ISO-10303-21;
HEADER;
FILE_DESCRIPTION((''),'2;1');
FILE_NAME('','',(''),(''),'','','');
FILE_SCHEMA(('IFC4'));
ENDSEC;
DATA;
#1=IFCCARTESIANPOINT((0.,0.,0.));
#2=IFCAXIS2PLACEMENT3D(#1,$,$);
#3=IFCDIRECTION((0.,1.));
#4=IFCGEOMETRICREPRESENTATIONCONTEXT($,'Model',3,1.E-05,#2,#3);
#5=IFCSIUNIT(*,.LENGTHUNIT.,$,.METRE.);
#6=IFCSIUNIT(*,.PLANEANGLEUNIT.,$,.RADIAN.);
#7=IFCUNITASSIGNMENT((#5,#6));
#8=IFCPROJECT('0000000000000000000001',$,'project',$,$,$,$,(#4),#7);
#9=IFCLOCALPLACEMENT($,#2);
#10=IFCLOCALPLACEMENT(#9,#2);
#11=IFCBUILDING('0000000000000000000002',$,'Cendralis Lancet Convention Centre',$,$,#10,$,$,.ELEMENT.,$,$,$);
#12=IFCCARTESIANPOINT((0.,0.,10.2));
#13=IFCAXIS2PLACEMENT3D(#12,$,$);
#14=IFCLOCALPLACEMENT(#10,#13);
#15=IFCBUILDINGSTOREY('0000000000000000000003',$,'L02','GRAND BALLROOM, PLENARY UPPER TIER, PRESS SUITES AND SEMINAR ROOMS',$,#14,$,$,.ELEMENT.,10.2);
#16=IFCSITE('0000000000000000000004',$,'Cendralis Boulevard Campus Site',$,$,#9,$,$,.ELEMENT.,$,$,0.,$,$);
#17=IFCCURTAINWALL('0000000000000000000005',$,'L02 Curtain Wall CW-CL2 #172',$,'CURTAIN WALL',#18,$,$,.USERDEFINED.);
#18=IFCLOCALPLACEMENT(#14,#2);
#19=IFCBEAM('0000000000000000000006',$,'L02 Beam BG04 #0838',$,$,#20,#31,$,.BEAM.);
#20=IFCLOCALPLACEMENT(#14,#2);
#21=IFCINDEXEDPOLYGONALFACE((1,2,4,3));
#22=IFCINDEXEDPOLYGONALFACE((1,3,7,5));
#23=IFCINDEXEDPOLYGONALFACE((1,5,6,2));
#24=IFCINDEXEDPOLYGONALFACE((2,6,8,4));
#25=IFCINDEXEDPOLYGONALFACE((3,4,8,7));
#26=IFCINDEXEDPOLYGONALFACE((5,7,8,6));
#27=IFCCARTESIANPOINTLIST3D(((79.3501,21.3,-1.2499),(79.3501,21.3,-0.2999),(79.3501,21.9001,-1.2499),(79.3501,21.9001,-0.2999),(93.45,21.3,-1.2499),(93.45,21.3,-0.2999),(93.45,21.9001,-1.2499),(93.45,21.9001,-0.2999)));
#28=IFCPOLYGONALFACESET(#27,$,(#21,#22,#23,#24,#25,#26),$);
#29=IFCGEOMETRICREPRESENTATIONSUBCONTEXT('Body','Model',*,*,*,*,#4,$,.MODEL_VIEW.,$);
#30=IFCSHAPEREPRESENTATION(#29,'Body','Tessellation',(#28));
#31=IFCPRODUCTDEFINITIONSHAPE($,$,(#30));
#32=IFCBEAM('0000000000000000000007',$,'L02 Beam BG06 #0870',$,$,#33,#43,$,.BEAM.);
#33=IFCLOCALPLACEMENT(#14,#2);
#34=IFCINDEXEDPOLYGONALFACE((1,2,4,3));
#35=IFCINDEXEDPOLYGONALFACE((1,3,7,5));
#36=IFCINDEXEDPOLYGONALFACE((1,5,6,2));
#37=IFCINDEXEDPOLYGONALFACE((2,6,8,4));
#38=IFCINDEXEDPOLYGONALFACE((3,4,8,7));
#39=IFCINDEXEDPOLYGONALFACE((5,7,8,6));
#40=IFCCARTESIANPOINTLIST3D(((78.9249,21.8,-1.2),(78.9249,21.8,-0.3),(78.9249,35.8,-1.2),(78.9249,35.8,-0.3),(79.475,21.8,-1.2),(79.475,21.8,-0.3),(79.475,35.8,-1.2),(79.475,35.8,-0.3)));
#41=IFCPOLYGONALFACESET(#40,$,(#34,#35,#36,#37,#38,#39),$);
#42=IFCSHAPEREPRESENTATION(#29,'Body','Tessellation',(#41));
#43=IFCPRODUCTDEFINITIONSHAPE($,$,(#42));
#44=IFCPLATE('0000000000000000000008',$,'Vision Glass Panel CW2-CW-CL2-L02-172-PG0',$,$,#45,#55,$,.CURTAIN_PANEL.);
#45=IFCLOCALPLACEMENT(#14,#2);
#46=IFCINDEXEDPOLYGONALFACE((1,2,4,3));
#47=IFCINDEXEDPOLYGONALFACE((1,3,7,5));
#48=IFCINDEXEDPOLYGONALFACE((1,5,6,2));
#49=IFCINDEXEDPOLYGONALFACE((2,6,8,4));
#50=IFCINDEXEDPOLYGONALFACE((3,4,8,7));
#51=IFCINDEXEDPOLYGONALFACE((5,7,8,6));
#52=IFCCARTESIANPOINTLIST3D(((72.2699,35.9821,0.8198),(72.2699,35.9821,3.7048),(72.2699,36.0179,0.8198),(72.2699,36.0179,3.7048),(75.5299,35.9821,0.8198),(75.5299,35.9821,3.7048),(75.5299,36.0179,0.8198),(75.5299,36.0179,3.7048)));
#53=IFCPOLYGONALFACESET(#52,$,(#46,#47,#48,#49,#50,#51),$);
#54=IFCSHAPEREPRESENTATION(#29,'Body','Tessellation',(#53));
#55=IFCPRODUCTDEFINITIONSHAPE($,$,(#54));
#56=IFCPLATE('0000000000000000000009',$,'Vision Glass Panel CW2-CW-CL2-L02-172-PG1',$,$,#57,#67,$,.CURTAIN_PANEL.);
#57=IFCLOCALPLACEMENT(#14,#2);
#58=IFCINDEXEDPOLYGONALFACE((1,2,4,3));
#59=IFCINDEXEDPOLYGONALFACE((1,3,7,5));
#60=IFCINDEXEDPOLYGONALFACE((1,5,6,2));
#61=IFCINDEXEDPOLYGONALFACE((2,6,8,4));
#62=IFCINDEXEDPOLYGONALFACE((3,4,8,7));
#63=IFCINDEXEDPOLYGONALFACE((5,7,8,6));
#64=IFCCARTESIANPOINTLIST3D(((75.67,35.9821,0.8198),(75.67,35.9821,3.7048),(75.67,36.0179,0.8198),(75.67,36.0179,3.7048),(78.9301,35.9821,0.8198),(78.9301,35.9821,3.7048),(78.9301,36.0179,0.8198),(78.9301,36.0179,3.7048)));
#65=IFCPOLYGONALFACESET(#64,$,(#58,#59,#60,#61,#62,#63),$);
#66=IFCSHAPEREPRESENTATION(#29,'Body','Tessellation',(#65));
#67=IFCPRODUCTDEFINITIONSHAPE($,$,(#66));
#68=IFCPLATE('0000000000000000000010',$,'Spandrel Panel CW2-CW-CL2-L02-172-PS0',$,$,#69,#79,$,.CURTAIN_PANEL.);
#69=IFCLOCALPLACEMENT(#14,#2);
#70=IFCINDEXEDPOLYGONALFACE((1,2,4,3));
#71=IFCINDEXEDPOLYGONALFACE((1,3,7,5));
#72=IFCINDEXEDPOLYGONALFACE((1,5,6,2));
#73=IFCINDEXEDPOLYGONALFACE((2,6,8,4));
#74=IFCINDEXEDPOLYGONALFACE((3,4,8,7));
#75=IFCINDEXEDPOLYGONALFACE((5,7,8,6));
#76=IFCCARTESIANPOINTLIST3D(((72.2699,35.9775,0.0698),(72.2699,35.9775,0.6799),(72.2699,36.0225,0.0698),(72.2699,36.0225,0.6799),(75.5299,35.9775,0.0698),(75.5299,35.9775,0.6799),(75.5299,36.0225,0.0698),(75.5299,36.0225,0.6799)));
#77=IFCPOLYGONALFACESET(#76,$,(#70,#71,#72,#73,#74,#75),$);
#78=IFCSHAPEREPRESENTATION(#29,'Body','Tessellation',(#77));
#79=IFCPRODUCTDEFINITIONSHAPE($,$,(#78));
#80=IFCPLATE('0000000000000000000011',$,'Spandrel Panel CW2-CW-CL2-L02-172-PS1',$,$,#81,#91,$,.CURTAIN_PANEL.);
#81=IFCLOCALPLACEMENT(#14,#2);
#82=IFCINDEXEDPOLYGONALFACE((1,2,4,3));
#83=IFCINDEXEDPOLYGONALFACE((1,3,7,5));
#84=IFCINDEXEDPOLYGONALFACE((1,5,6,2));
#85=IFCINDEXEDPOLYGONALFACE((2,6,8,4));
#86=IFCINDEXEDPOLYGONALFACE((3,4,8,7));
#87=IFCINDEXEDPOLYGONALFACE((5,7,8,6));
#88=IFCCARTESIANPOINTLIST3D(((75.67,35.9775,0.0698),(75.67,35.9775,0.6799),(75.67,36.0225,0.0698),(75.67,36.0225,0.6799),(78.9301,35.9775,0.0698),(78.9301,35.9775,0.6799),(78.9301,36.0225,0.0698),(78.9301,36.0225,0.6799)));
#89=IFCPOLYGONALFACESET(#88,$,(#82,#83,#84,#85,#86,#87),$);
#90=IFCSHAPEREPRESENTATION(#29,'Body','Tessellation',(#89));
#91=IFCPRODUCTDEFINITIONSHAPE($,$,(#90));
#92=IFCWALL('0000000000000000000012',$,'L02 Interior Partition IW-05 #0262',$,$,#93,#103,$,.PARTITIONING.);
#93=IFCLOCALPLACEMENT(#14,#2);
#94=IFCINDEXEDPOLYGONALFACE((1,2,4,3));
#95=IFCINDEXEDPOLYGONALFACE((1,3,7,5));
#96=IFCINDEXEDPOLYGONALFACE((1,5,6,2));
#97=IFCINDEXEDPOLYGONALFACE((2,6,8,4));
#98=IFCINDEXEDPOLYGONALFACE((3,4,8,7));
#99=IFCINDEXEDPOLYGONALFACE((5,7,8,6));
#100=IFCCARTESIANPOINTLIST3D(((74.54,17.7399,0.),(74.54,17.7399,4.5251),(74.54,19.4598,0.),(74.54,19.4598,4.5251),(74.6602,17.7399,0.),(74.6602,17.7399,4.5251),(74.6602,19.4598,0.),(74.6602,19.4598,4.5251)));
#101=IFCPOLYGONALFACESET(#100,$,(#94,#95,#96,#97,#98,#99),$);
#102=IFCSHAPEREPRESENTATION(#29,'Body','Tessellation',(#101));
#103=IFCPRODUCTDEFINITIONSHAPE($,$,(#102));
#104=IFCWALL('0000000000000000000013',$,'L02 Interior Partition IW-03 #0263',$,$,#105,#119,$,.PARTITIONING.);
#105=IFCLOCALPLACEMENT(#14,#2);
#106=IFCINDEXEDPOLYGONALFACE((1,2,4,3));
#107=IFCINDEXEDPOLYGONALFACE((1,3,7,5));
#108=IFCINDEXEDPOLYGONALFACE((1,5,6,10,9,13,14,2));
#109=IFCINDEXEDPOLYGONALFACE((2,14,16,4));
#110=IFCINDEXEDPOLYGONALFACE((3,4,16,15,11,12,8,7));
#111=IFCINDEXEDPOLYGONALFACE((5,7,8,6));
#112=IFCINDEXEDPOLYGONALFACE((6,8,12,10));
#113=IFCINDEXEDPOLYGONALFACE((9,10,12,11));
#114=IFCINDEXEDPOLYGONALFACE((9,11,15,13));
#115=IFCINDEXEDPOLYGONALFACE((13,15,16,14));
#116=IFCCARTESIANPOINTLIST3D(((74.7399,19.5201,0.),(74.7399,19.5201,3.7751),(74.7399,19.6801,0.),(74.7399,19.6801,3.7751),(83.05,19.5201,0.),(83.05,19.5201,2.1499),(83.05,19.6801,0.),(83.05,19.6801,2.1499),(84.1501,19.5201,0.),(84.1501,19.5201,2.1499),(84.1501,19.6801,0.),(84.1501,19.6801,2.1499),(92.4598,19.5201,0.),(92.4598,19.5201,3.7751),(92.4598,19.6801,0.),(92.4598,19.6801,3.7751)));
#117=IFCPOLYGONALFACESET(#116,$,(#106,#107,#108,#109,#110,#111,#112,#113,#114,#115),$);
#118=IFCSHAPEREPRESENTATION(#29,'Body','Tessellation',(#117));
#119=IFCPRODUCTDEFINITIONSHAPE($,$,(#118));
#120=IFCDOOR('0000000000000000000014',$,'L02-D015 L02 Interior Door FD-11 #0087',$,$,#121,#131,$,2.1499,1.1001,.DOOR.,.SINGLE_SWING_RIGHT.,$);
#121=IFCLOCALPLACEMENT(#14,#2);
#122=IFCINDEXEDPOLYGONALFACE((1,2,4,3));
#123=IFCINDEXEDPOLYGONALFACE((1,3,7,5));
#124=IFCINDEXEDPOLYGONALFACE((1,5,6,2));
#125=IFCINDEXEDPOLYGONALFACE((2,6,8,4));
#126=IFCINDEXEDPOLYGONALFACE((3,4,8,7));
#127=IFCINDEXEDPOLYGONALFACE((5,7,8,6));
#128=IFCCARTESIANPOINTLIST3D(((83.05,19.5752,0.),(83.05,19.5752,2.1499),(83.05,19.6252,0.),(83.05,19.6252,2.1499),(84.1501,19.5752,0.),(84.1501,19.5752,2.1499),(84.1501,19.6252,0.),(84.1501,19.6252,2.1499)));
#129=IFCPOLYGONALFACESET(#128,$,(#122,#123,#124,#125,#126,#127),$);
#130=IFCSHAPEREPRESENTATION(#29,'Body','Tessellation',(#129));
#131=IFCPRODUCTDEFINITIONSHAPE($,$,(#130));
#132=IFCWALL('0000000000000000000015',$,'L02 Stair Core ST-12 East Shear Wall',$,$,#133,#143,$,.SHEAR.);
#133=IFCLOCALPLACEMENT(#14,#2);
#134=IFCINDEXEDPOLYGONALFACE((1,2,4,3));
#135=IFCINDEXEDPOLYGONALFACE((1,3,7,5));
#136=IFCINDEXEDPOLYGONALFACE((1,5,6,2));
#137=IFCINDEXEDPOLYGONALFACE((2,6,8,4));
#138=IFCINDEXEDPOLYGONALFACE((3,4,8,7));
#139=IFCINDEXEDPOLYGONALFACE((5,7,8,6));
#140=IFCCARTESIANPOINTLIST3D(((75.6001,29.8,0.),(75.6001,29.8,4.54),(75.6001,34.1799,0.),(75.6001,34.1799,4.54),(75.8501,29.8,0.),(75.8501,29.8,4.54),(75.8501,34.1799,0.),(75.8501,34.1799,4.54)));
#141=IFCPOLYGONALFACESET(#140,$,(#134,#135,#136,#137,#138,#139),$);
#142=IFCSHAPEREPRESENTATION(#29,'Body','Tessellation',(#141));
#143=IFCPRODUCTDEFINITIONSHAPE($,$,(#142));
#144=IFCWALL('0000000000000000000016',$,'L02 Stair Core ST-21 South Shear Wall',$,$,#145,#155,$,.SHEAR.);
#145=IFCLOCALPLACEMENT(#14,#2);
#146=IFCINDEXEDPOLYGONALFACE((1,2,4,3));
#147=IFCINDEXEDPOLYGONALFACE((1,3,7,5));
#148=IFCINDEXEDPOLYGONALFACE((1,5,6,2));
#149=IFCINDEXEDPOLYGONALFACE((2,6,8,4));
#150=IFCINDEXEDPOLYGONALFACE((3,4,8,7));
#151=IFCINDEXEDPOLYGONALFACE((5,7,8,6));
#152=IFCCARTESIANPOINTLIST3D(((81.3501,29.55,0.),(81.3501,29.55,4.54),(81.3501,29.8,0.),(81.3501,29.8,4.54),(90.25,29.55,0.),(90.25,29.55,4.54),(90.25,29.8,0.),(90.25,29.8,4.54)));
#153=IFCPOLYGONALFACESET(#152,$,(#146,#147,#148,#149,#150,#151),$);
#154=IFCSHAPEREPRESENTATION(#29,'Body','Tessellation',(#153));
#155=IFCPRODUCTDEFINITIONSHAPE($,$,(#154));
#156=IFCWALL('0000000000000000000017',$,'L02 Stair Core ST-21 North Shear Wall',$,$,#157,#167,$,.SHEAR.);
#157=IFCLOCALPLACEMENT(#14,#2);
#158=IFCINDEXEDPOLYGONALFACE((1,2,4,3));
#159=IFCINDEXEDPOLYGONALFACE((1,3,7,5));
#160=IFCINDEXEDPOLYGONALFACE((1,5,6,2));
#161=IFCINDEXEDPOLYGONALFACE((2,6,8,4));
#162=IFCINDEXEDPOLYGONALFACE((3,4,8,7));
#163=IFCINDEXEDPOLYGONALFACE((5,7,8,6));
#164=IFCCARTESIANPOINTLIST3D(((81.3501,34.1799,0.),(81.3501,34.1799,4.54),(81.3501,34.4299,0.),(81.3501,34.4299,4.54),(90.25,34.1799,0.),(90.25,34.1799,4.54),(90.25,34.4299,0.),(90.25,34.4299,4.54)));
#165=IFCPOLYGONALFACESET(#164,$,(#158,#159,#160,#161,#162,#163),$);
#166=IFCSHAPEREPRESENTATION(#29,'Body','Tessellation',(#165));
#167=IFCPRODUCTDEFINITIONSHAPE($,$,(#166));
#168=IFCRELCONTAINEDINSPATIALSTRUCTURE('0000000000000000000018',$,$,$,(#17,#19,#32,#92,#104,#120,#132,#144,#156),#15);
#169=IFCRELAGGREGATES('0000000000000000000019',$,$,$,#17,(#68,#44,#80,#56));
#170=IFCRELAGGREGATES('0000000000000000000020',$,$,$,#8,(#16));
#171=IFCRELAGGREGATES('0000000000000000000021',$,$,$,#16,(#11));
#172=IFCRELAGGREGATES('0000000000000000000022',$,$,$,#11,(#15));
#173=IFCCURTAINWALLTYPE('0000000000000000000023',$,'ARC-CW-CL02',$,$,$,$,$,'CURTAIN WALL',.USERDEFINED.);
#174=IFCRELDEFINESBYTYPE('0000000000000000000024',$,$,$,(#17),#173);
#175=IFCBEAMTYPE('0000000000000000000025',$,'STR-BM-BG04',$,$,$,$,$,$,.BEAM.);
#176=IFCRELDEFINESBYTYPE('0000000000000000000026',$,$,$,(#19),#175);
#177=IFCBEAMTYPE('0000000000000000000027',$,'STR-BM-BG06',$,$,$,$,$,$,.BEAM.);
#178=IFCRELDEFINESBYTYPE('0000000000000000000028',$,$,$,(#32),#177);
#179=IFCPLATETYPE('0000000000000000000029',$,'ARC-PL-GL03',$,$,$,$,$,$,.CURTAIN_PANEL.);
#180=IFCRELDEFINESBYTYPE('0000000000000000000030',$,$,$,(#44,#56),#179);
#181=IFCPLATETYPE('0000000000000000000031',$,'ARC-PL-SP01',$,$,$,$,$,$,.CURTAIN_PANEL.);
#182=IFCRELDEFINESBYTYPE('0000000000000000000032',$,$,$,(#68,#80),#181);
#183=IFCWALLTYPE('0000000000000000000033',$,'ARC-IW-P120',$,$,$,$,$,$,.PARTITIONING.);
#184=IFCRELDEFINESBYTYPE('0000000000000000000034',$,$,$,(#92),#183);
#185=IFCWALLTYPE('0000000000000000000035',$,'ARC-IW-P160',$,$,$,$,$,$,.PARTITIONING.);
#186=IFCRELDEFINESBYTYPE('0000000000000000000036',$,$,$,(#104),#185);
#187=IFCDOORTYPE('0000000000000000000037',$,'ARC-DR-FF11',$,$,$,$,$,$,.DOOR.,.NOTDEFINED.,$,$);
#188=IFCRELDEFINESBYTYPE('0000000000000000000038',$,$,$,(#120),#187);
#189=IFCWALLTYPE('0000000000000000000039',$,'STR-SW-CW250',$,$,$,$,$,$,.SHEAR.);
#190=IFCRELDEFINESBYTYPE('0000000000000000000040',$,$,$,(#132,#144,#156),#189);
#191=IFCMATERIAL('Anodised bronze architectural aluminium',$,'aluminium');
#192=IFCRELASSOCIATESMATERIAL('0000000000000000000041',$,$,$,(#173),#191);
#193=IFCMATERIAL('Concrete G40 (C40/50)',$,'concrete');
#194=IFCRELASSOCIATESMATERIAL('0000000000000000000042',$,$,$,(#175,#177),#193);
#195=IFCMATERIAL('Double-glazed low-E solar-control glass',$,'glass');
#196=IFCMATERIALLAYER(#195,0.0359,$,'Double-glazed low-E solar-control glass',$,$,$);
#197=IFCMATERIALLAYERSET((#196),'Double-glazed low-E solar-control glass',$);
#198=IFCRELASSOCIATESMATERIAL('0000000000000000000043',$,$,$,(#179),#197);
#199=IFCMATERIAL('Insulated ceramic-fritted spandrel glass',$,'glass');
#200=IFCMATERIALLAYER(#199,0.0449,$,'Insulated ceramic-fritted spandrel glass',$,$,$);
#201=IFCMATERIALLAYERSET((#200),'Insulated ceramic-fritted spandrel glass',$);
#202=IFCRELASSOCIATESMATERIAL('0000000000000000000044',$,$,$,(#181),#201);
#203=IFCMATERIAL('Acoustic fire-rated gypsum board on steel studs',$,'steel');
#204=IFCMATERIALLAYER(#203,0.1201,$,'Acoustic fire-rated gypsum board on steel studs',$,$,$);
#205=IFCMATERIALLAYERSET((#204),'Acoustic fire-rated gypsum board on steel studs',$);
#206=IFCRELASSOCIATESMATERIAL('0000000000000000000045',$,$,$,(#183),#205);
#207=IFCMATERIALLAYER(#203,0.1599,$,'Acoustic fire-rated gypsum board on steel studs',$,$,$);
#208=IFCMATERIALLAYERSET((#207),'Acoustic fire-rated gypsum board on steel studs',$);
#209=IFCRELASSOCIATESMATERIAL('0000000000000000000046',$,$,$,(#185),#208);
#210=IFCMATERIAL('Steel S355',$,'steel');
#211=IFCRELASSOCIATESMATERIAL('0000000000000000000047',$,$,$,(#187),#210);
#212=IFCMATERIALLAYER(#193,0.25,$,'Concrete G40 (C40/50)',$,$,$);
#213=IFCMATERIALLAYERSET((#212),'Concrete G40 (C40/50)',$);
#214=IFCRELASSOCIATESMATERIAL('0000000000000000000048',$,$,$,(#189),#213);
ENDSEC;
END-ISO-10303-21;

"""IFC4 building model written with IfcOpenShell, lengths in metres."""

from ifc_helpers import new_model, si_unit, direction, frame, frame_2d, origin, origin_2d, place, context, subcontext, project, spatial, rectangle, extrude, material, layer, layer_set, material_profile, profile_set, type_object, element, fill, aggregate, save


model = new_model("IFC4")

# Units and contexts
model_context = context("Model", 3, precision=1e-05, world=origin(), true_north=direction((0.0, 1.0)))
body_context = subcontext(model_context, "Body", "Model", "MODEL_VIEW")
ifc_project = project(units=[si_unit("LENGTHUNIT", "METRE"), si_unit("PLANEANGLEUNIT", "RADIAN")], contexts=[model_context])

# Site, building, storey
site_placement = place(None, origin())
site = spatial("IfcSite", under=ifc_project, at=site_placement, Name="Cendralis Boulevard Campus Site", CompositionType="ELEMENT", RefElevation=0.0)
building_placement = place(site_placement, origin())
building = spatial("IfcBuilding", under=site, at=building_placement, Name="Cendralis Lancet Convention Centre", CompositionType="ELEMENT")
storey_placement = place(building_placement, frame((0.0, 0.0, 10.2)))
storey = spatial("IfcBuildingStorey", under=building, at=storey_placement, Name="L02", Description="GRAND BALLROOM, PLENARY UPPER TIER, PRESS SUITES AND SEMINAR ROOMS", CompositionType="ELEMENT", Elevation=10.2)

# Shared definitions
ifc_material_1 = material(Name="Steel S355", Category="steel")

# Curtain wall
ifc_material_2 = material(Name="Anodised bronze architectural aluminium", Category="aluminium")
curtain_wall_type = type_object("IfcCurtainWallType", Name="ARC-CW-CL02", ElementType="CURTAIN WALL", PredefinedType="USERDEFINED", material=ifc_material_2)
curtain_wall_placement = place(storey_placement, origin())
curtain_wall = element("IfcCurtainWall", 1, at=curtain_wall_placement, inside=storey, type_object=curtain_wall_type, Name="L02 Curtain Wall CW-CL2 #172", ObjectType="CURTAIN WALL", PredefinedType="USERDEFINED")

# Beams
ifc_material_3 = material(Name="Concrete G40 (C40/50)", Category="concrete")
ifc_material_profile_1 = material_profile(ifc_material_3, rectangle(XDim=0.6001, YDim=0.95, at=origin_2d()), Name="RCB 600x950")
ifc_profile_set_1 = profile_set([ifc_material_profile_1], Name="Concrete G40 (C40/50)")
beam_type_1 = type_object("IfcBeamType", Name="STR-BM-BG04", PredefinedType="BEAM", material=ifc_profile_set_1)
beam_1_placement = place(storey_placement, frame((79.3501, 21.6001, -0.7749), z_axis=(1.0, 0.0, 0.0), x_axis=(0.0, 1.0, 0.0)))
element("IfcBeam", 2, at=beam_1_placement, inside=storey, type_object=beam_type_1, Name="L02 Beam BG04 #0838", PredefinedType="BEAM", context=body_context, shape_type="SweptSolid", body=[
    extrude(rectangle(XDim=0.6001, YDim=0.95, at=origin_2d()), origin(), (0.0, 0.0, 1.0), 14.0999),
])
ifc_material_profile_2 = material_profile(ifc_material_3, rectangle(XDim=0.55, YDim=0.8999, at=origin_2d()), Name="RCB 550x900")
ifc_profile_set_2 = profile_set([ifc_material_profile_2], Name="Concrete G40 (C40/50)")
beam_type_2 = type_object("IfcBeamType", Name="STR-BM-BG06", PredefinedType="BEAM", material=ifc_profile_set_2)
beam_2_placement = place(storey_placement, frame((79.2, 21.8, -0.75), z_axis=(0.0, 1.0, 0.0), x_axis=(-1.0, 0.0, 0.0)))
element("IfcBeam", 3, at=beam_2_placement, inside=storey, type_object=beam_type_2, Name="L02 Beam BG06 #0870", PredefinedType="BEAM", context=body_context, shape_type="SweptSolid", body=[
    extrude(rectangle(XDim=0.55, YDim=0.8999, at=origin_2d()), origin(), (0.0, 0.0, 1.0), 14.0),
])

# Plates
ifc_material_4 = material(Name="Double-glazed low-E solar-control glass", Category="glass")
ifc_layer_1 = layer(ifc_material_4, 0.0359, Name="Double-glazed low-E solar-control glass")
ifc_layer_set_1 = layer_set([ifc_layer_1], Name="Double-glazed low-E solar-control glass")
plate_type_1 = type_object("IfcPlateType", Name="ARC-PL-GL03", PredefinedType="CURTAIN_PANEL", material=ifc_layer_set_1)
plate_1_placement = place(storey_placement, frame((73.8999, 36.0, 0.8198), z_axis=(0.0, 0.0, 1.0), x_axis=(1.0, 0.0, 0.0)))
plate_1 = element("IfcPlate", 4, at=plate_1_placement, type_object=plate_type_1, Name="Vision Glass Panel CW2-CW-CL2-L02-172-PG0", PredefinedType="CURTAIN_PANEL", context=body_context, shape_type="SweptSolid", body=[
    extrude(rectangle(XDim=3.26, YDim=0.0359, at=origin_2d()), origin(), (0.0, 0.0, 1.0), 2.885),
])
plate_2_placement = place(storey_placement, frame((77.3, 36.0, 0.8198), z_axis=(0.0, 0.0, 1.0), x_axis=(1.0, 0.0, 0.0)))
plate_2 = element("IfcPlate", 5, at=plate_2_placement, type_object=plate_type_1, Name="Vision Glass Panel CW2-CW-CL2-L02-172-PG1", PredefinedType="CURTAIN_PANEL", context=body_context, shape_type="SweptSolid", body=[
    extrude(rectangle(XDim=3.26, YDim=0.0359, at=origin_2d()), origin(), (0.0, 0.0, 1.0), 2.885),
])
ifc_material_5 = material(Name="Insulated ceramic-fritted spandrel glass", Category="glass")
ifc_layer_2 = layer(ifc_material_5, 0.0449, Name="Insulated ceramic-fritted spandrel glass")
ifc_layer_set_2 = layer_set([ifc_layer_2], Name="Insulated ceramic-fritted spandrel glass")
plate_type_2 = type_object("IfcPlateType", Name="ARC-PL-SP01", PredefinedType="CURTAIN_PANEL", material=ifc_layer_set_2)
plate_3_placement = place(storey_placement, frame((73.8999, 36.0, 0.0698), z_axis=(0.0, 0.0, 1.0), x_axis=(1.0, 0.0, 0.0)))
plate_3 = element("IfcPlate", 6, at=plate_3_placement, type_object=plate_type_2, Name="Spandrel Panel CW2-CW-CL2-L02-172-PS0", PredefinedType="CURTAIN_PANEL", context=body_context, shape_type="SweptSolid", body=[
    extrude(rectangle(XDim=3.26, YDim=0.0449, at=origin_2d()), origin(), (0.0, 0.0, 1.0), 0.6101),
])
plate_4_placement = place(storey_placement, frame((77.3, 36.0, 0.0698), z_axis=(0.0, 0.0, 1.0), x_axis=(1.0, 0.0, 0.0)))
plate_4 = element("IfcPlate", 7, at=plate_4_placement, type_object=plate_type_2, Name="Spandrel Panel CW2-CW-CL2-L02-172-PS1", PredefinedType="CURTAIN_PANEL", context=body_context, shape_type="SweptSolid", body=[
    extrude(rectangle(XDim=3.26, YDim=0.0449, at=origin_2d()), origin(), (0.0, 0.0, 1.0), 0.6101),
])
aggregate(curtain_wall, [plate_3, plate_1, plate_4, plate_2])

# Wall
ifc_material_6 = material(Name="Acoustic fire-rated gypsum board on steel studs", Category="steel")
ifc_layer_3 = layer(ifc_material_6, 0.1201, Name="Acoustic fire-rated gypsum board on steel studs")
ifc_layer_set_3 = layer_set([ifc_layer_3], Name="Acoustic fire-rated gypsum board on steel studs")
wall_type_1 = type_object("IfcWallType", Name="ARC-IW-P120", PredefinedType="PARTITIONING", material=ifc_layer_set_3)
wall_1_placement = place(storey_placement, frame((74.6001, 17.74, 0.0), z_axis=(0.0, 0.0, 1.0), x_axis=(0.0, 1.0, 0.0)))
element("IfcWall", 8, at=wall_1_placement, inside=storey, type_object=wall_type_1, Name="L02 Interior Partition IW-05 #0262", PredefinedType="PARTITIONING", context=body_context, shape_type="SweptSolid", body=[
    extrude(rectangle(XDim=1.72, YDim=0.1201, at=frame_2d((0.8599, 0.0))), origin(), (0.0, 0.0, 1.0), 4.5251),
])

# Wall, opening, door
ifc_layer_4 = layer(ifc_material_6, 0.1599, Name="Acoustic fire-rated gypsum board on steel studs")
ifc_layer_set_4 = layer_set([ifc_layer_4], Name="Acoustic fire-rated gypsum board on steel studs")
wall_type_2 = type_object("IfcWallType", Name="ARC-IW-P160", PredefinedType="PARTITIONING", material=ifc_layer_set_4)
wall_2_placement = place(storey_placement, frame((74.74, 19.6001, 0.0), z_axis=(0.0, 0.0, 1.0), x_axis=(1.0, 0.0, 0.0)))
wall_2 = element("IfcWall", 9, at=wall_2_placement, inside=storey, type_object=wall_type_2, Name="L02 Interior Partition IW-03 #0263", PredefinedType="PARTITIONING", context=body_context, shape_type="SweptSolid", body=[
    extrude(rectangle(XDim=17.72, YDim=0.1599, at=frame_2d((8.8599, 0.0))), origin(), (0.0, 0.0, 1.0), 3.7751),
])
opening_1_placement = place(wall_2_placement, frame((8.3101, 0.0, 0.0)))
opening_1 = element("IfcOpeningElement", 10, at=opening_1_placement, cuts=wall_2, PredefinedType="OPENING", context=body_context, shape_type="SweptSolid", body=[
    extrude(rectangle(XDim=1.1001, YDim=2.1499, at=frame_2d((0.55, 1.075))), frame((0.0, 0.0898, 0.0), z_axis=(0.0, -1.0, 0.0), x_axis=(1.0, 0.0, 0.0)), (0.0, 0.0, 1.0), 0.1799),
])
door_type_1 = type_object("IfcDoorType", Name="ARC-DR-FF11", OperationType="NOTDEFINED", PredefinedType="DOOR", material=ifc_material_1)
door_1_placement = place(opening_1_placement, frame((1.1001, 0.0, 0.0), z_axis=(0.0, 0.0, 1.0), x_axis=(-1.0, 0.0, 0.0)))
door_1 = element("IfcDoor", 11, at=door_1_placement, inside=storey, type_object=door_type_1, Name="L02-D015 L02 Interior Door FD-11 #0087", OperationType="SINGLE_SWING_RIGHT", OverallHeight=2.1499, OverallWidth=1.1001, PredefinedType="DOOR", context=body_context, shape_type="SweptSolid", body=[
    extrude(rectangle(XDim=1.1001, YDim=2.1499, at=frame_2d((0.55, 1.075))), frame((0.0, 0.0249, 0.0), z_axis=(0.0, -1.0, 0.0), x_axis=(1.0, 0.0, 0.0)), (0.0, 0.0, 1.0), 0.05),
])
fill(opening_1, door_1)

# Wall
ifc_layer_5 = layer(ifc_material_3, 0.25, Name="Concrete G40 (C40/50)")
ifc_layer_set_5 = layer_set([ifc_layer_5], Name="Concrete G40 (C40/50)")
wall_type_3 = type_object("IfcWallType", Name="STR-SW-CW250", PredefinedType="SHEAR", material=ifc_layer_set_5)
wall_3_placement = place(storey_placement, frame((75.7251, 29.8, 0.0), z_axis=(0.0, 0.0, 1.0), x_axis=(0.0, 1.0, 0.0)))
element("IfcWall", 12, at=wall_3_placement, inside=storey, type_object=wall_type_3, Name="L02 Stair Core ST-12 East Shear Wall", PredefinedType="SHEAR", context=body_context, shape_type="SweptSolid", body=[
    extrude(rectangle(XDim=4.3799, YDim=0.25, at=frame_2d((2.1899, 0.0))), origin(), (0.0, 0.0, 1.0), 4.54),
])

# Walls
for number, where, z_axis, x_axis, name in (
    (13, (81.3501, 29.675, 0.0), (0.0, 0.0, 1.0), (1.0, 0.0, 0.0), "L02 Stair Core ST-21 South Shear Wall"),
    (14, (81.3501, 34.3049, 0.0), (0.0, 0.0, 1.0), (1.0, 0.0, 0.0), "L02 Stair Core ST-21 North Shear Wall"),
):
    element("IfcWall", number, at=place(storey_placement, frame(where, z_axis=z_axis, x_axis=x_axis)), inside=storey, type_object=wall_type_3, Name=name, PredefinedType="SHEAR", context=body_context, shape_type="SweptSolid", body=[
        extrude(rectangle(XDim=8.8999, YDim=0.25, at=frame_2d((4.45, 0.0))), origin(), (0.0, 0.0, 1.0), 4.54),
    ])

save(model, "model.ifc")
